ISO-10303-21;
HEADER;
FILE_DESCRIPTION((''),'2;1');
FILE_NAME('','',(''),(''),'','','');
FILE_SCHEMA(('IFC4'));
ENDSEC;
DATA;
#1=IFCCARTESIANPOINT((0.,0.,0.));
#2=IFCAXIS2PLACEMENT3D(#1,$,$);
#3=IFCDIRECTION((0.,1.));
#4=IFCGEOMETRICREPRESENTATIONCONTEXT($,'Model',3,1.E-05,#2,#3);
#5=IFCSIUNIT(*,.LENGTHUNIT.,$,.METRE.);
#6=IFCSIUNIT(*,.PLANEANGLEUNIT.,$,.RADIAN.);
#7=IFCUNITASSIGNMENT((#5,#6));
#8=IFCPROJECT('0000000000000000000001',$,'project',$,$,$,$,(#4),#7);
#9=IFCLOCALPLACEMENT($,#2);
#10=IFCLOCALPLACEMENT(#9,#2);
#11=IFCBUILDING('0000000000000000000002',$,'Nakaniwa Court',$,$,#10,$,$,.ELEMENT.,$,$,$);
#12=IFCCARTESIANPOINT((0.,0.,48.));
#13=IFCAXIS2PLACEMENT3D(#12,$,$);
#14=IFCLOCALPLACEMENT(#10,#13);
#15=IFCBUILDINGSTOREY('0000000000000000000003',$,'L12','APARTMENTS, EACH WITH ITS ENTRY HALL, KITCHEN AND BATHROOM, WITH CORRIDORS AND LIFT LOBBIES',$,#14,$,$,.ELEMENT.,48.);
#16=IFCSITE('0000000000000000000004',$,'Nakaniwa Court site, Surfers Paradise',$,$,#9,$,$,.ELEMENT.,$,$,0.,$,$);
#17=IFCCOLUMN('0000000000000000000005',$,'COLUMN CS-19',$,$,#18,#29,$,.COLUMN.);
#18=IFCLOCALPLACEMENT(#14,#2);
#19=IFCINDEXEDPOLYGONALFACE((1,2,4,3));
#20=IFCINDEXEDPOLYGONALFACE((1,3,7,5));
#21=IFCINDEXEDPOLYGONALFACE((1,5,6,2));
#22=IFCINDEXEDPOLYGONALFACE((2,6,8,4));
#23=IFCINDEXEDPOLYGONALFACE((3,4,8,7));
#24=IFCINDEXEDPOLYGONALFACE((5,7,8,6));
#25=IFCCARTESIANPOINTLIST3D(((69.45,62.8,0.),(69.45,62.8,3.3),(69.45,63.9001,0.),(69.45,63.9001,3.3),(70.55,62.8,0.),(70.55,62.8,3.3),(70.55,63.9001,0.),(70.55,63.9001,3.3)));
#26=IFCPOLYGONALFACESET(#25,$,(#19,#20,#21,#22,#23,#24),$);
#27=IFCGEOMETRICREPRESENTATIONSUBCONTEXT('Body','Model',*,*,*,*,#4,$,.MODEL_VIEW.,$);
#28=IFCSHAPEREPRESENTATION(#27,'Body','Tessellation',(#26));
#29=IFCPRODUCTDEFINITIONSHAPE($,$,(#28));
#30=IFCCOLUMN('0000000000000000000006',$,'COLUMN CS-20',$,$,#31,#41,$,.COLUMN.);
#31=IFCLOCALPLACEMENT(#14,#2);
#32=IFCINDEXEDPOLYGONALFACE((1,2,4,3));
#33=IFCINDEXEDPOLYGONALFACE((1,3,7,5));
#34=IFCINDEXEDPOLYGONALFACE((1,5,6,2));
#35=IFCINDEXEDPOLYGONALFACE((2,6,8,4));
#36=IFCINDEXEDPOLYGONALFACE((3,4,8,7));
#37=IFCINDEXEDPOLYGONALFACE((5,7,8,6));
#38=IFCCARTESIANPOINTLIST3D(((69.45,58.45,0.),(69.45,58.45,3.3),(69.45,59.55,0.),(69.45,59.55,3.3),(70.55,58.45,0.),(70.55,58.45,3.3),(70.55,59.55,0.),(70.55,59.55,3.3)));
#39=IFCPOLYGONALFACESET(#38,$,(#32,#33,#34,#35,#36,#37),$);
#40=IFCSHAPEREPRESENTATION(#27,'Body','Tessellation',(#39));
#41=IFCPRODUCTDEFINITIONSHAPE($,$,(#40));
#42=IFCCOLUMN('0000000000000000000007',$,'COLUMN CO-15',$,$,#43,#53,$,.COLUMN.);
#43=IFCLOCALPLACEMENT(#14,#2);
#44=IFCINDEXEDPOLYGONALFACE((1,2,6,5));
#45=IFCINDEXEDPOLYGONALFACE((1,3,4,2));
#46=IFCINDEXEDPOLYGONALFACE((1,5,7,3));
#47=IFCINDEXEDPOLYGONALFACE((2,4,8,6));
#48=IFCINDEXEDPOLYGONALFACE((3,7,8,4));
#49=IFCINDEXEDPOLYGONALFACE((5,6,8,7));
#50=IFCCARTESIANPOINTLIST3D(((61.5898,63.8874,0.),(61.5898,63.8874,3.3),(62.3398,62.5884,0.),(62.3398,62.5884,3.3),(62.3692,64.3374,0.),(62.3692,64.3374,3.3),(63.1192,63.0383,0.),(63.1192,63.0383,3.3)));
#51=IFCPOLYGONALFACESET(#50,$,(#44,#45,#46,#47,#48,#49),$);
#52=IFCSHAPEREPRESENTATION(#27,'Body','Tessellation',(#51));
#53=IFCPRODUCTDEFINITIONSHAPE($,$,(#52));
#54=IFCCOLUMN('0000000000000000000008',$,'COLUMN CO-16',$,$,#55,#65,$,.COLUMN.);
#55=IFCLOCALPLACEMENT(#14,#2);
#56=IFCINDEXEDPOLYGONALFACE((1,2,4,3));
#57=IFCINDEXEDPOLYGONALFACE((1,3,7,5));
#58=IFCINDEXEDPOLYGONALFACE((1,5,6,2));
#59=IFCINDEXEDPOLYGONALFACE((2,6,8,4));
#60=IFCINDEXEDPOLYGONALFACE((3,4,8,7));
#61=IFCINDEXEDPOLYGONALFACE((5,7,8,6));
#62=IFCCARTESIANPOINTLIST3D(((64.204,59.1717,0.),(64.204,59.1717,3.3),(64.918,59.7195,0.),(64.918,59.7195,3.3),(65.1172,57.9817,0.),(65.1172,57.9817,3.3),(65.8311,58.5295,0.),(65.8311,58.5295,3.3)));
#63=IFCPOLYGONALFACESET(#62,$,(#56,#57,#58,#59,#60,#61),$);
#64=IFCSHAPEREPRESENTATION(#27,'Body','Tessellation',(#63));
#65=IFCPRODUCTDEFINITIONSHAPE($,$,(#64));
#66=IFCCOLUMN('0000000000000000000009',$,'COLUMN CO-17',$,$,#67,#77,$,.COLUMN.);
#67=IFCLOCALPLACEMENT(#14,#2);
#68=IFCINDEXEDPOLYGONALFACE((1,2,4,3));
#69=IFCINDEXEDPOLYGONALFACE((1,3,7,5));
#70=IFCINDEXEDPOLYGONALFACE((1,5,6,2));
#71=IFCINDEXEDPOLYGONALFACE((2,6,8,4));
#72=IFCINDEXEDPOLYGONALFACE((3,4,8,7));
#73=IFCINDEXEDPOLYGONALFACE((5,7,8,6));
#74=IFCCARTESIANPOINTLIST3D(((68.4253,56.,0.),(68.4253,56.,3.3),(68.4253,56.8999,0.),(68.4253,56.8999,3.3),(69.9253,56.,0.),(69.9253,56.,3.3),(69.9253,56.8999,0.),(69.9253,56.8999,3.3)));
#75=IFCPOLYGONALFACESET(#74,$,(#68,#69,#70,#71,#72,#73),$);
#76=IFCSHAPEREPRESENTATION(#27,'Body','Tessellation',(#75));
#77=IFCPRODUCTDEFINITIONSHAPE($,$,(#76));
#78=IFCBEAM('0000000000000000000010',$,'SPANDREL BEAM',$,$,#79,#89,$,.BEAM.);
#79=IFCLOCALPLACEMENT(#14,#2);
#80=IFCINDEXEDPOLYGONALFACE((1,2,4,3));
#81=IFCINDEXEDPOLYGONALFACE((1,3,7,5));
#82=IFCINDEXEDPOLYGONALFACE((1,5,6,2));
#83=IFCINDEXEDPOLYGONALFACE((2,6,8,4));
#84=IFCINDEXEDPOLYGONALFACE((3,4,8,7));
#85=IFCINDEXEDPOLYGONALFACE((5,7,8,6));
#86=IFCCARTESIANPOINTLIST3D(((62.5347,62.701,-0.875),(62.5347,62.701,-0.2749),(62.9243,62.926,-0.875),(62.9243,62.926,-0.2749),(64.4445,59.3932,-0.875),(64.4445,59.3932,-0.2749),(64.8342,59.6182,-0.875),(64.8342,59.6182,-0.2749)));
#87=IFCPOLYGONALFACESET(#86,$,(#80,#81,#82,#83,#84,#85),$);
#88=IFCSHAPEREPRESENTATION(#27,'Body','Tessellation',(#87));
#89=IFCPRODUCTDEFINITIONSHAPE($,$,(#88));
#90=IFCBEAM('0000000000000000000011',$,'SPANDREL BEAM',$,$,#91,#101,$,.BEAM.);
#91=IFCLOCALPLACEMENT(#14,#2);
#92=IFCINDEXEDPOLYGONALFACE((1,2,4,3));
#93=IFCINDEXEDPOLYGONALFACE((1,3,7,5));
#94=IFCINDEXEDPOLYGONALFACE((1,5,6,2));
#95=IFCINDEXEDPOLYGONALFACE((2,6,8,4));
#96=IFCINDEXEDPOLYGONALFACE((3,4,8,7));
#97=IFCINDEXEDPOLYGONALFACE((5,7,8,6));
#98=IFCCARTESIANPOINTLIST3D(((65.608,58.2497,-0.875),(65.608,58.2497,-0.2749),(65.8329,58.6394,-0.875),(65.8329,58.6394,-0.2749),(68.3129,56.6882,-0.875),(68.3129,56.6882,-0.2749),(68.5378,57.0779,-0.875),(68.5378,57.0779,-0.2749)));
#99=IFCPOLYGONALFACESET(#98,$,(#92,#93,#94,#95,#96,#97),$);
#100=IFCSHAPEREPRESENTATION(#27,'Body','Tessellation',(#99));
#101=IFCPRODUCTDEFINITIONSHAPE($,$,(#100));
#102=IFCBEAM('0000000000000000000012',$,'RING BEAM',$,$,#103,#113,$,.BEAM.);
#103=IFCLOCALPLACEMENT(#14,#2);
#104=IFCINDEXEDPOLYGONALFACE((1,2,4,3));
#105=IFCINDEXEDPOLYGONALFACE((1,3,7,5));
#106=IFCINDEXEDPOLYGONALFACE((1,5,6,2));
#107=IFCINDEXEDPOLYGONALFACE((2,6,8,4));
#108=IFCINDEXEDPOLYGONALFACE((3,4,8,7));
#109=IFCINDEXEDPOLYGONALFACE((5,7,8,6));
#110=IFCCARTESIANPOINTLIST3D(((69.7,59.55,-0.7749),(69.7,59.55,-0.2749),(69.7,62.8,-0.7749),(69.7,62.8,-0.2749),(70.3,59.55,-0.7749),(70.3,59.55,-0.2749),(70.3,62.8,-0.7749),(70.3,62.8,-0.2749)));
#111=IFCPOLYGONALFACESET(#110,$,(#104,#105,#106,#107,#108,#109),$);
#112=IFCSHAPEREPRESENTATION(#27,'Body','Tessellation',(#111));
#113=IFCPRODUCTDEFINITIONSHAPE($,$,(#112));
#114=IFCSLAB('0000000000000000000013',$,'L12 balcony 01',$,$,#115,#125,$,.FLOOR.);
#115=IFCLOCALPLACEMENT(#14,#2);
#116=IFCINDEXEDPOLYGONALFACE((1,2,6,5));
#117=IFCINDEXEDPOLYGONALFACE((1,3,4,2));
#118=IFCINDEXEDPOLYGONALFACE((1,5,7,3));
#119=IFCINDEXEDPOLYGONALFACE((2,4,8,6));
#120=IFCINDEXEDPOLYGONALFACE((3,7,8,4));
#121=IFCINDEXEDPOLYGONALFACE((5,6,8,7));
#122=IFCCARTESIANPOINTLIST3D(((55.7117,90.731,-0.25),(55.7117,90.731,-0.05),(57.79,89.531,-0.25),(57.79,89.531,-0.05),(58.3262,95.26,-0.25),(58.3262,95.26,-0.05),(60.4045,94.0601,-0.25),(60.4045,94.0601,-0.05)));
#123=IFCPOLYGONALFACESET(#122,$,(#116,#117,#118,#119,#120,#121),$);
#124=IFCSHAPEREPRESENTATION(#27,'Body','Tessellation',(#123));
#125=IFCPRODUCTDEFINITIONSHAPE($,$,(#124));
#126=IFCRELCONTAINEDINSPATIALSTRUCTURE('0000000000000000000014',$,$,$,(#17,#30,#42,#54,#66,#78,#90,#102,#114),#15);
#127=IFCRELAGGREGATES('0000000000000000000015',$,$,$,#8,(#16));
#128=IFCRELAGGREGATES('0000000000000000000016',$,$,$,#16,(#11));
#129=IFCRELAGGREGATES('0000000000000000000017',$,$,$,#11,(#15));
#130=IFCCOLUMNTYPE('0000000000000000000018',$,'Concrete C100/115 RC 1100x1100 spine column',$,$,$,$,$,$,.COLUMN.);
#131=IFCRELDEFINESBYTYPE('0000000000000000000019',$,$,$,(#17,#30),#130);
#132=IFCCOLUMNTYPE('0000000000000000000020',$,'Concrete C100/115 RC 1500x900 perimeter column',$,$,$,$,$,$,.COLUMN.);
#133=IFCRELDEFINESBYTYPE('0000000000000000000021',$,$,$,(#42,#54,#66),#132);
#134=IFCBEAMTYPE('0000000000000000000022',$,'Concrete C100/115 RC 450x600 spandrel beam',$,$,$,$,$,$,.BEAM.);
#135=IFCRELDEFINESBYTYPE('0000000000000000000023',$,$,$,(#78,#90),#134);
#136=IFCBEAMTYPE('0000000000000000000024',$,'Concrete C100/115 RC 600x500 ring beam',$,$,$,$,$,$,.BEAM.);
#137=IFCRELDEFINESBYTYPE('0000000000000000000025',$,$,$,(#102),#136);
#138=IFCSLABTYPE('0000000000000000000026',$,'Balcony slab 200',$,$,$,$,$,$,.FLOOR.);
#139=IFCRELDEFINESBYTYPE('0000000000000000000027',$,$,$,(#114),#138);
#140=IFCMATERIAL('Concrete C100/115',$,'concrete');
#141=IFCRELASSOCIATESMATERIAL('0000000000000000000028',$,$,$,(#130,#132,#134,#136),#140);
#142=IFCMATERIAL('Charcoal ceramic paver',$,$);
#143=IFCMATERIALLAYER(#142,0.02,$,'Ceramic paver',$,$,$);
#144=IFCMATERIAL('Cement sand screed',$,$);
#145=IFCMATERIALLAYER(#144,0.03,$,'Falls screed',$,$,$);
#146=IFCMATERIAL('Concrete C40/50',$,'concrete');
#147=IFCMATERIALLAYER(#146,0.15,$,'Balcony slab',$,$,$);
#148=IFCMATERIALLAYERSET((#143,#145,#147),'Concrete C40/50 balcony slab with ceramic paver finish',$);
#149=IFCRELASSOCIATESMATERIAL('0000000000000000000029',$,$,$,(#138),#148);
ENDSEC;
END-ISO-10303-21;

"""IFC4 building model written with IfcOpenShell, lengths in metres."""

from ifc_helpers import new_model, si_unit, direction, frame, origin, origin_2d, place, context, subcontext, project, spatial, polyline, rectangle, outline, extrude, material, layer, layer_set, material_profile, profile_set, type_object, element, save


model = new_model("IFC4")

# Units and contexts
model_context = context("Model", 3, precision=1e-05, world=origin(), true_north=direction((0.0, 1.0)))
body_context = subcontext(model_context, "Body", "Model", "MODEL_VIEW")
ifc_project = project(units=[si_unit("LENGTHUNIT", "METRE"), si_unit("PLANEANGLEUNIT", "RADIAN")], contexts=[model_context])

# Site, building, storey
site_placement = place(None, origin())
site = spatial("IfcSite", under=ifc_project, at=site_placement, Name="Nakaniwa Court site, Surfers Paradise", CompositionType="ELEMENT", RefElevation=0.0)
building_placement = place(site_placement, origin())
building = spatial("IfcBuilding", under=site, at=building_placement, Name="Nakaniwa Court", CompositionType="ELEMENT")
storey_placement = place(building_placement, frame((0.0, 0.0, 48.0)))
storey = spatial("IfcBuildingStorey", under=building, at=storey_placement, Name="L12", Description="APARTMENTS, EACH WITH ITS ENTRY HALL, KITCHEN AND BATHROOM, WITH CORRIDORS AND LIFT LOBBIES", CompositionType="ELEMENT", Elevation=48.0)

# Columns
ifc_material_1 = material(Name="Concrete C100/115", Category="concrete")
ifc_material_profile_1 = material_profile(ifc_material_1, rectangle(XDim=1.1001, YDim=1.1001, at=origin_2d()), Name="Concrete C100/115 RC 1100x1100 spine column")
ifc_profile_set_1 = profile_set([ifc_material_profile_1], Name="Concrete C100/115")
column_type_1 = type_object("IfcColumnType", Name="Concrete C100/115 RC 1100x1100 spine column", PredefinedType="COLUMN", material=ifc_profile_set_1)
for number, where, z_axis, x_axis, name in (
    (1, (70.0, 63.3501, 0.0), (0.0, 0.0, 1.0), (0.0, -1.0, 0.0), "COLUMN CS-19"),
    (2, (70.0, 59.0, 0.0), (0.0, 0.0, 1.0), (0.0, -1.0, 0.0), "COLUMN CS-20"),
):
    element("IfcColumn", number, at=place(storey_placement, frame(where, z_axis=z_axis, x_axis=x_axis)), inside=storey, type_object=column_type_1, Name=name, PredefinedType="COLUMN", context=body_context, shape_type="SweptSolid", body=[
        extrude(rectangle(XDim=1.1001, YDim=1.1001, at=origin_2d()), origin(), (0.0, 0.0, 1.0), 3.3),
    ])
ifc_material_profile_2 = material_profile(ifc_material_1, rectangle(XDim=1.5, YDim=0.8999, at=origin_2d()), Name="Concrete C100/115 RC 1500x900 perimeter column")
ifc_profile_set_2 = profile_set([ifc_material_profile_2], Name="Concrete C100/115")
column_type_2 = type_object("IfcColumnType", Name="Concrete C100/115 RC 1500x900 perimeter column", PredefinedType="COLUMN", material=ifc_profile_set_2)
for number, where, z_axis, x_axis, name in (
    (3, (62.3545, 63.4629, 0.0), (0.0, 0.0, 1.0), (0.5, -0.866025, 0.0), "COLUMN CO-15"),
    (4, (65.0176, 58.8506, 0.0), (0.0, 0.0, 1.0), (0.608761, -0.793353, 0.0), "COLUMN CO-16"),
    (5, (69.1753, 56.45, 0.0), (0.0, 0.0, 1.0), (1.0, 0.0, 0.0), "COLUMN CO-17"),
):
    element("IfcColumn", number, at=place(storey_placement, frame(where, z_axis=z_axis, x_axis=x_axis)), inside=storey, type_object=column_type_2, Name=name, PredefinedType="COLUMN", context=body_context, shape_type="SweptSolid", body=[
        extrude(rectangle(XDim=1.5, YDim=0.8999, at=origin_2d()), origin(), (0.0, 0.0, 1.0), 3.3),
    ])

# Beams
ifc_material_profile_3 = material_profile(ifc_material_1, rectangle(XDim=0.45, YDim=0.6001, at=origin_2d()), Name="Concrete C100/115 RC 450x600 spandrel beam")
ifc_profile_set_3 = profile_set([ifc_material_profile_3], Name="Concrete C100/115")
beam_type_1 = type_object("IfcBeamType", Name="Concrete C100/115 RC 450x600 spandrel beam", PredefinedType="BEAM", material=ifc_profile_set_3)
beam_1_placement = place(storey_placement, frame((62.7295, 62.8135, -0.575), z_axis=(0.500023, -0.866012, 0.0), x_axis=(0.866012, 0.500023, 0.0)))
element("IfcBeam", 6, at=beam_1_placement, inside=storey, type_object=beam_type_1, Name="SPANDREL BEAM", PredefinedType="BEAM", context=body_context, shape_type="SweptSolid", body=[
    extrude(rectangle(XDim=0.45, YDim=0.6001, at=origin_2d()), origin(), (0.0, 0.0, 1.0), 3.8196),
])
beam_2_placement = place(storey_placement, frame((65.7205, 58.4446, -0.575), z_axis=(0.866041, -0.499973, 0.0), x_axis=(0.499973, 0.866041, 0.0)))
element("IfcBeam", 7, at=beam_2_placement, inside=storey, type_object=beam_type_1, Name="SPANDREL BEAM", PredefinedType="BEAM", context=body_context, shape_type="SweptSolid", body=[
    extrude(rectangle(XDim=0.45, YDim=0.6001, at=origin_2d()), origin(), (0.0, 0.0, 1.0), 3.1233),
])
ifc_material_profile_4 = material_profile(ifc_material_1, rectangle(XDim=0.6001, YDim=0.5, at=origin_2d()), Name="Concrete C100/115 RC 600x500 ring beam")
ifc_profile_set_4 = profile_set([ifc_material_profile_4], Name="Concrete C100/115")
beam_type_2 = type_object("IfcBeamType", Name="Concrete C100/115 RC 600x500 ring beam", PredefinedType="BEAM", material=ifc_profile_set_4)
beam_3_placement = place(storey_placement, frame((70.0, 62.8, -0.5249), z_axis=(0.0, -1.0, 0.0), x_axis=(1.0, 0.0, 0.0)))
element("IfcBeam", 8, at=beam_3_placement, inside=storey, type_object=beam_type_2, Name="RING BEAM", PredefinedType="BEAM", context=body_context, shape_type="SweptSolid", body=[
    extrude(rectangle(XDim=0.6001, YDim=0.5, at=origin_2d()), origin(), (0.0, 0.0, 1.0), 3.25),
])

# Slab
ifc_material_2 = material(Name="Charcoal ceramic paver")
ifc_layer_1 = layer(ifc_material_2, 0.02, Name="Ceramic paver")
ifc_material_3 = material(Name="Cement sand screed")
ifc_layer_2 = layer(ifc_material_3, 0.03, Name="Falls screed")
ifc_material_4 = material(Name="Concrete C40/50", Category="concrete")
ifc_layer_3 = layer(ifc_material_4, 0.15, Name="Balcony slab")
ifc_layer_set_1 = layer_set([ifc_layer_1, ifc_layer_2, ifc_layer_3], Name="Concrete C40/50 balcony slab with ceramic paver finish")
slab_type_1 = type_object("IfcSlabType", Name="Balcony slab 200", PredefinedType="FLOOR", material=ifc_layer_set_1)
slab_1_placement = place(storey_placement, frame((0.0, 0.0, -0.25)))
element("IfcSlab", 9, at=slab_1_placement, inside=storey, type_object=slab_type_1, Name="L12 balcony 01", PredefinedType="FLOOR", context=body_context, shape_type="SweptSolid", body=[
    extrude(outline(polyline([(60.4045, 94.0601), (57.79, 89.531), (55.7117, 90.731), (58.3262, 95.26), (60.4045, 94.0601)])), origin(), (0.0, 0.0, 1.0), 0.2),
])

save(model, "model.ifc")
